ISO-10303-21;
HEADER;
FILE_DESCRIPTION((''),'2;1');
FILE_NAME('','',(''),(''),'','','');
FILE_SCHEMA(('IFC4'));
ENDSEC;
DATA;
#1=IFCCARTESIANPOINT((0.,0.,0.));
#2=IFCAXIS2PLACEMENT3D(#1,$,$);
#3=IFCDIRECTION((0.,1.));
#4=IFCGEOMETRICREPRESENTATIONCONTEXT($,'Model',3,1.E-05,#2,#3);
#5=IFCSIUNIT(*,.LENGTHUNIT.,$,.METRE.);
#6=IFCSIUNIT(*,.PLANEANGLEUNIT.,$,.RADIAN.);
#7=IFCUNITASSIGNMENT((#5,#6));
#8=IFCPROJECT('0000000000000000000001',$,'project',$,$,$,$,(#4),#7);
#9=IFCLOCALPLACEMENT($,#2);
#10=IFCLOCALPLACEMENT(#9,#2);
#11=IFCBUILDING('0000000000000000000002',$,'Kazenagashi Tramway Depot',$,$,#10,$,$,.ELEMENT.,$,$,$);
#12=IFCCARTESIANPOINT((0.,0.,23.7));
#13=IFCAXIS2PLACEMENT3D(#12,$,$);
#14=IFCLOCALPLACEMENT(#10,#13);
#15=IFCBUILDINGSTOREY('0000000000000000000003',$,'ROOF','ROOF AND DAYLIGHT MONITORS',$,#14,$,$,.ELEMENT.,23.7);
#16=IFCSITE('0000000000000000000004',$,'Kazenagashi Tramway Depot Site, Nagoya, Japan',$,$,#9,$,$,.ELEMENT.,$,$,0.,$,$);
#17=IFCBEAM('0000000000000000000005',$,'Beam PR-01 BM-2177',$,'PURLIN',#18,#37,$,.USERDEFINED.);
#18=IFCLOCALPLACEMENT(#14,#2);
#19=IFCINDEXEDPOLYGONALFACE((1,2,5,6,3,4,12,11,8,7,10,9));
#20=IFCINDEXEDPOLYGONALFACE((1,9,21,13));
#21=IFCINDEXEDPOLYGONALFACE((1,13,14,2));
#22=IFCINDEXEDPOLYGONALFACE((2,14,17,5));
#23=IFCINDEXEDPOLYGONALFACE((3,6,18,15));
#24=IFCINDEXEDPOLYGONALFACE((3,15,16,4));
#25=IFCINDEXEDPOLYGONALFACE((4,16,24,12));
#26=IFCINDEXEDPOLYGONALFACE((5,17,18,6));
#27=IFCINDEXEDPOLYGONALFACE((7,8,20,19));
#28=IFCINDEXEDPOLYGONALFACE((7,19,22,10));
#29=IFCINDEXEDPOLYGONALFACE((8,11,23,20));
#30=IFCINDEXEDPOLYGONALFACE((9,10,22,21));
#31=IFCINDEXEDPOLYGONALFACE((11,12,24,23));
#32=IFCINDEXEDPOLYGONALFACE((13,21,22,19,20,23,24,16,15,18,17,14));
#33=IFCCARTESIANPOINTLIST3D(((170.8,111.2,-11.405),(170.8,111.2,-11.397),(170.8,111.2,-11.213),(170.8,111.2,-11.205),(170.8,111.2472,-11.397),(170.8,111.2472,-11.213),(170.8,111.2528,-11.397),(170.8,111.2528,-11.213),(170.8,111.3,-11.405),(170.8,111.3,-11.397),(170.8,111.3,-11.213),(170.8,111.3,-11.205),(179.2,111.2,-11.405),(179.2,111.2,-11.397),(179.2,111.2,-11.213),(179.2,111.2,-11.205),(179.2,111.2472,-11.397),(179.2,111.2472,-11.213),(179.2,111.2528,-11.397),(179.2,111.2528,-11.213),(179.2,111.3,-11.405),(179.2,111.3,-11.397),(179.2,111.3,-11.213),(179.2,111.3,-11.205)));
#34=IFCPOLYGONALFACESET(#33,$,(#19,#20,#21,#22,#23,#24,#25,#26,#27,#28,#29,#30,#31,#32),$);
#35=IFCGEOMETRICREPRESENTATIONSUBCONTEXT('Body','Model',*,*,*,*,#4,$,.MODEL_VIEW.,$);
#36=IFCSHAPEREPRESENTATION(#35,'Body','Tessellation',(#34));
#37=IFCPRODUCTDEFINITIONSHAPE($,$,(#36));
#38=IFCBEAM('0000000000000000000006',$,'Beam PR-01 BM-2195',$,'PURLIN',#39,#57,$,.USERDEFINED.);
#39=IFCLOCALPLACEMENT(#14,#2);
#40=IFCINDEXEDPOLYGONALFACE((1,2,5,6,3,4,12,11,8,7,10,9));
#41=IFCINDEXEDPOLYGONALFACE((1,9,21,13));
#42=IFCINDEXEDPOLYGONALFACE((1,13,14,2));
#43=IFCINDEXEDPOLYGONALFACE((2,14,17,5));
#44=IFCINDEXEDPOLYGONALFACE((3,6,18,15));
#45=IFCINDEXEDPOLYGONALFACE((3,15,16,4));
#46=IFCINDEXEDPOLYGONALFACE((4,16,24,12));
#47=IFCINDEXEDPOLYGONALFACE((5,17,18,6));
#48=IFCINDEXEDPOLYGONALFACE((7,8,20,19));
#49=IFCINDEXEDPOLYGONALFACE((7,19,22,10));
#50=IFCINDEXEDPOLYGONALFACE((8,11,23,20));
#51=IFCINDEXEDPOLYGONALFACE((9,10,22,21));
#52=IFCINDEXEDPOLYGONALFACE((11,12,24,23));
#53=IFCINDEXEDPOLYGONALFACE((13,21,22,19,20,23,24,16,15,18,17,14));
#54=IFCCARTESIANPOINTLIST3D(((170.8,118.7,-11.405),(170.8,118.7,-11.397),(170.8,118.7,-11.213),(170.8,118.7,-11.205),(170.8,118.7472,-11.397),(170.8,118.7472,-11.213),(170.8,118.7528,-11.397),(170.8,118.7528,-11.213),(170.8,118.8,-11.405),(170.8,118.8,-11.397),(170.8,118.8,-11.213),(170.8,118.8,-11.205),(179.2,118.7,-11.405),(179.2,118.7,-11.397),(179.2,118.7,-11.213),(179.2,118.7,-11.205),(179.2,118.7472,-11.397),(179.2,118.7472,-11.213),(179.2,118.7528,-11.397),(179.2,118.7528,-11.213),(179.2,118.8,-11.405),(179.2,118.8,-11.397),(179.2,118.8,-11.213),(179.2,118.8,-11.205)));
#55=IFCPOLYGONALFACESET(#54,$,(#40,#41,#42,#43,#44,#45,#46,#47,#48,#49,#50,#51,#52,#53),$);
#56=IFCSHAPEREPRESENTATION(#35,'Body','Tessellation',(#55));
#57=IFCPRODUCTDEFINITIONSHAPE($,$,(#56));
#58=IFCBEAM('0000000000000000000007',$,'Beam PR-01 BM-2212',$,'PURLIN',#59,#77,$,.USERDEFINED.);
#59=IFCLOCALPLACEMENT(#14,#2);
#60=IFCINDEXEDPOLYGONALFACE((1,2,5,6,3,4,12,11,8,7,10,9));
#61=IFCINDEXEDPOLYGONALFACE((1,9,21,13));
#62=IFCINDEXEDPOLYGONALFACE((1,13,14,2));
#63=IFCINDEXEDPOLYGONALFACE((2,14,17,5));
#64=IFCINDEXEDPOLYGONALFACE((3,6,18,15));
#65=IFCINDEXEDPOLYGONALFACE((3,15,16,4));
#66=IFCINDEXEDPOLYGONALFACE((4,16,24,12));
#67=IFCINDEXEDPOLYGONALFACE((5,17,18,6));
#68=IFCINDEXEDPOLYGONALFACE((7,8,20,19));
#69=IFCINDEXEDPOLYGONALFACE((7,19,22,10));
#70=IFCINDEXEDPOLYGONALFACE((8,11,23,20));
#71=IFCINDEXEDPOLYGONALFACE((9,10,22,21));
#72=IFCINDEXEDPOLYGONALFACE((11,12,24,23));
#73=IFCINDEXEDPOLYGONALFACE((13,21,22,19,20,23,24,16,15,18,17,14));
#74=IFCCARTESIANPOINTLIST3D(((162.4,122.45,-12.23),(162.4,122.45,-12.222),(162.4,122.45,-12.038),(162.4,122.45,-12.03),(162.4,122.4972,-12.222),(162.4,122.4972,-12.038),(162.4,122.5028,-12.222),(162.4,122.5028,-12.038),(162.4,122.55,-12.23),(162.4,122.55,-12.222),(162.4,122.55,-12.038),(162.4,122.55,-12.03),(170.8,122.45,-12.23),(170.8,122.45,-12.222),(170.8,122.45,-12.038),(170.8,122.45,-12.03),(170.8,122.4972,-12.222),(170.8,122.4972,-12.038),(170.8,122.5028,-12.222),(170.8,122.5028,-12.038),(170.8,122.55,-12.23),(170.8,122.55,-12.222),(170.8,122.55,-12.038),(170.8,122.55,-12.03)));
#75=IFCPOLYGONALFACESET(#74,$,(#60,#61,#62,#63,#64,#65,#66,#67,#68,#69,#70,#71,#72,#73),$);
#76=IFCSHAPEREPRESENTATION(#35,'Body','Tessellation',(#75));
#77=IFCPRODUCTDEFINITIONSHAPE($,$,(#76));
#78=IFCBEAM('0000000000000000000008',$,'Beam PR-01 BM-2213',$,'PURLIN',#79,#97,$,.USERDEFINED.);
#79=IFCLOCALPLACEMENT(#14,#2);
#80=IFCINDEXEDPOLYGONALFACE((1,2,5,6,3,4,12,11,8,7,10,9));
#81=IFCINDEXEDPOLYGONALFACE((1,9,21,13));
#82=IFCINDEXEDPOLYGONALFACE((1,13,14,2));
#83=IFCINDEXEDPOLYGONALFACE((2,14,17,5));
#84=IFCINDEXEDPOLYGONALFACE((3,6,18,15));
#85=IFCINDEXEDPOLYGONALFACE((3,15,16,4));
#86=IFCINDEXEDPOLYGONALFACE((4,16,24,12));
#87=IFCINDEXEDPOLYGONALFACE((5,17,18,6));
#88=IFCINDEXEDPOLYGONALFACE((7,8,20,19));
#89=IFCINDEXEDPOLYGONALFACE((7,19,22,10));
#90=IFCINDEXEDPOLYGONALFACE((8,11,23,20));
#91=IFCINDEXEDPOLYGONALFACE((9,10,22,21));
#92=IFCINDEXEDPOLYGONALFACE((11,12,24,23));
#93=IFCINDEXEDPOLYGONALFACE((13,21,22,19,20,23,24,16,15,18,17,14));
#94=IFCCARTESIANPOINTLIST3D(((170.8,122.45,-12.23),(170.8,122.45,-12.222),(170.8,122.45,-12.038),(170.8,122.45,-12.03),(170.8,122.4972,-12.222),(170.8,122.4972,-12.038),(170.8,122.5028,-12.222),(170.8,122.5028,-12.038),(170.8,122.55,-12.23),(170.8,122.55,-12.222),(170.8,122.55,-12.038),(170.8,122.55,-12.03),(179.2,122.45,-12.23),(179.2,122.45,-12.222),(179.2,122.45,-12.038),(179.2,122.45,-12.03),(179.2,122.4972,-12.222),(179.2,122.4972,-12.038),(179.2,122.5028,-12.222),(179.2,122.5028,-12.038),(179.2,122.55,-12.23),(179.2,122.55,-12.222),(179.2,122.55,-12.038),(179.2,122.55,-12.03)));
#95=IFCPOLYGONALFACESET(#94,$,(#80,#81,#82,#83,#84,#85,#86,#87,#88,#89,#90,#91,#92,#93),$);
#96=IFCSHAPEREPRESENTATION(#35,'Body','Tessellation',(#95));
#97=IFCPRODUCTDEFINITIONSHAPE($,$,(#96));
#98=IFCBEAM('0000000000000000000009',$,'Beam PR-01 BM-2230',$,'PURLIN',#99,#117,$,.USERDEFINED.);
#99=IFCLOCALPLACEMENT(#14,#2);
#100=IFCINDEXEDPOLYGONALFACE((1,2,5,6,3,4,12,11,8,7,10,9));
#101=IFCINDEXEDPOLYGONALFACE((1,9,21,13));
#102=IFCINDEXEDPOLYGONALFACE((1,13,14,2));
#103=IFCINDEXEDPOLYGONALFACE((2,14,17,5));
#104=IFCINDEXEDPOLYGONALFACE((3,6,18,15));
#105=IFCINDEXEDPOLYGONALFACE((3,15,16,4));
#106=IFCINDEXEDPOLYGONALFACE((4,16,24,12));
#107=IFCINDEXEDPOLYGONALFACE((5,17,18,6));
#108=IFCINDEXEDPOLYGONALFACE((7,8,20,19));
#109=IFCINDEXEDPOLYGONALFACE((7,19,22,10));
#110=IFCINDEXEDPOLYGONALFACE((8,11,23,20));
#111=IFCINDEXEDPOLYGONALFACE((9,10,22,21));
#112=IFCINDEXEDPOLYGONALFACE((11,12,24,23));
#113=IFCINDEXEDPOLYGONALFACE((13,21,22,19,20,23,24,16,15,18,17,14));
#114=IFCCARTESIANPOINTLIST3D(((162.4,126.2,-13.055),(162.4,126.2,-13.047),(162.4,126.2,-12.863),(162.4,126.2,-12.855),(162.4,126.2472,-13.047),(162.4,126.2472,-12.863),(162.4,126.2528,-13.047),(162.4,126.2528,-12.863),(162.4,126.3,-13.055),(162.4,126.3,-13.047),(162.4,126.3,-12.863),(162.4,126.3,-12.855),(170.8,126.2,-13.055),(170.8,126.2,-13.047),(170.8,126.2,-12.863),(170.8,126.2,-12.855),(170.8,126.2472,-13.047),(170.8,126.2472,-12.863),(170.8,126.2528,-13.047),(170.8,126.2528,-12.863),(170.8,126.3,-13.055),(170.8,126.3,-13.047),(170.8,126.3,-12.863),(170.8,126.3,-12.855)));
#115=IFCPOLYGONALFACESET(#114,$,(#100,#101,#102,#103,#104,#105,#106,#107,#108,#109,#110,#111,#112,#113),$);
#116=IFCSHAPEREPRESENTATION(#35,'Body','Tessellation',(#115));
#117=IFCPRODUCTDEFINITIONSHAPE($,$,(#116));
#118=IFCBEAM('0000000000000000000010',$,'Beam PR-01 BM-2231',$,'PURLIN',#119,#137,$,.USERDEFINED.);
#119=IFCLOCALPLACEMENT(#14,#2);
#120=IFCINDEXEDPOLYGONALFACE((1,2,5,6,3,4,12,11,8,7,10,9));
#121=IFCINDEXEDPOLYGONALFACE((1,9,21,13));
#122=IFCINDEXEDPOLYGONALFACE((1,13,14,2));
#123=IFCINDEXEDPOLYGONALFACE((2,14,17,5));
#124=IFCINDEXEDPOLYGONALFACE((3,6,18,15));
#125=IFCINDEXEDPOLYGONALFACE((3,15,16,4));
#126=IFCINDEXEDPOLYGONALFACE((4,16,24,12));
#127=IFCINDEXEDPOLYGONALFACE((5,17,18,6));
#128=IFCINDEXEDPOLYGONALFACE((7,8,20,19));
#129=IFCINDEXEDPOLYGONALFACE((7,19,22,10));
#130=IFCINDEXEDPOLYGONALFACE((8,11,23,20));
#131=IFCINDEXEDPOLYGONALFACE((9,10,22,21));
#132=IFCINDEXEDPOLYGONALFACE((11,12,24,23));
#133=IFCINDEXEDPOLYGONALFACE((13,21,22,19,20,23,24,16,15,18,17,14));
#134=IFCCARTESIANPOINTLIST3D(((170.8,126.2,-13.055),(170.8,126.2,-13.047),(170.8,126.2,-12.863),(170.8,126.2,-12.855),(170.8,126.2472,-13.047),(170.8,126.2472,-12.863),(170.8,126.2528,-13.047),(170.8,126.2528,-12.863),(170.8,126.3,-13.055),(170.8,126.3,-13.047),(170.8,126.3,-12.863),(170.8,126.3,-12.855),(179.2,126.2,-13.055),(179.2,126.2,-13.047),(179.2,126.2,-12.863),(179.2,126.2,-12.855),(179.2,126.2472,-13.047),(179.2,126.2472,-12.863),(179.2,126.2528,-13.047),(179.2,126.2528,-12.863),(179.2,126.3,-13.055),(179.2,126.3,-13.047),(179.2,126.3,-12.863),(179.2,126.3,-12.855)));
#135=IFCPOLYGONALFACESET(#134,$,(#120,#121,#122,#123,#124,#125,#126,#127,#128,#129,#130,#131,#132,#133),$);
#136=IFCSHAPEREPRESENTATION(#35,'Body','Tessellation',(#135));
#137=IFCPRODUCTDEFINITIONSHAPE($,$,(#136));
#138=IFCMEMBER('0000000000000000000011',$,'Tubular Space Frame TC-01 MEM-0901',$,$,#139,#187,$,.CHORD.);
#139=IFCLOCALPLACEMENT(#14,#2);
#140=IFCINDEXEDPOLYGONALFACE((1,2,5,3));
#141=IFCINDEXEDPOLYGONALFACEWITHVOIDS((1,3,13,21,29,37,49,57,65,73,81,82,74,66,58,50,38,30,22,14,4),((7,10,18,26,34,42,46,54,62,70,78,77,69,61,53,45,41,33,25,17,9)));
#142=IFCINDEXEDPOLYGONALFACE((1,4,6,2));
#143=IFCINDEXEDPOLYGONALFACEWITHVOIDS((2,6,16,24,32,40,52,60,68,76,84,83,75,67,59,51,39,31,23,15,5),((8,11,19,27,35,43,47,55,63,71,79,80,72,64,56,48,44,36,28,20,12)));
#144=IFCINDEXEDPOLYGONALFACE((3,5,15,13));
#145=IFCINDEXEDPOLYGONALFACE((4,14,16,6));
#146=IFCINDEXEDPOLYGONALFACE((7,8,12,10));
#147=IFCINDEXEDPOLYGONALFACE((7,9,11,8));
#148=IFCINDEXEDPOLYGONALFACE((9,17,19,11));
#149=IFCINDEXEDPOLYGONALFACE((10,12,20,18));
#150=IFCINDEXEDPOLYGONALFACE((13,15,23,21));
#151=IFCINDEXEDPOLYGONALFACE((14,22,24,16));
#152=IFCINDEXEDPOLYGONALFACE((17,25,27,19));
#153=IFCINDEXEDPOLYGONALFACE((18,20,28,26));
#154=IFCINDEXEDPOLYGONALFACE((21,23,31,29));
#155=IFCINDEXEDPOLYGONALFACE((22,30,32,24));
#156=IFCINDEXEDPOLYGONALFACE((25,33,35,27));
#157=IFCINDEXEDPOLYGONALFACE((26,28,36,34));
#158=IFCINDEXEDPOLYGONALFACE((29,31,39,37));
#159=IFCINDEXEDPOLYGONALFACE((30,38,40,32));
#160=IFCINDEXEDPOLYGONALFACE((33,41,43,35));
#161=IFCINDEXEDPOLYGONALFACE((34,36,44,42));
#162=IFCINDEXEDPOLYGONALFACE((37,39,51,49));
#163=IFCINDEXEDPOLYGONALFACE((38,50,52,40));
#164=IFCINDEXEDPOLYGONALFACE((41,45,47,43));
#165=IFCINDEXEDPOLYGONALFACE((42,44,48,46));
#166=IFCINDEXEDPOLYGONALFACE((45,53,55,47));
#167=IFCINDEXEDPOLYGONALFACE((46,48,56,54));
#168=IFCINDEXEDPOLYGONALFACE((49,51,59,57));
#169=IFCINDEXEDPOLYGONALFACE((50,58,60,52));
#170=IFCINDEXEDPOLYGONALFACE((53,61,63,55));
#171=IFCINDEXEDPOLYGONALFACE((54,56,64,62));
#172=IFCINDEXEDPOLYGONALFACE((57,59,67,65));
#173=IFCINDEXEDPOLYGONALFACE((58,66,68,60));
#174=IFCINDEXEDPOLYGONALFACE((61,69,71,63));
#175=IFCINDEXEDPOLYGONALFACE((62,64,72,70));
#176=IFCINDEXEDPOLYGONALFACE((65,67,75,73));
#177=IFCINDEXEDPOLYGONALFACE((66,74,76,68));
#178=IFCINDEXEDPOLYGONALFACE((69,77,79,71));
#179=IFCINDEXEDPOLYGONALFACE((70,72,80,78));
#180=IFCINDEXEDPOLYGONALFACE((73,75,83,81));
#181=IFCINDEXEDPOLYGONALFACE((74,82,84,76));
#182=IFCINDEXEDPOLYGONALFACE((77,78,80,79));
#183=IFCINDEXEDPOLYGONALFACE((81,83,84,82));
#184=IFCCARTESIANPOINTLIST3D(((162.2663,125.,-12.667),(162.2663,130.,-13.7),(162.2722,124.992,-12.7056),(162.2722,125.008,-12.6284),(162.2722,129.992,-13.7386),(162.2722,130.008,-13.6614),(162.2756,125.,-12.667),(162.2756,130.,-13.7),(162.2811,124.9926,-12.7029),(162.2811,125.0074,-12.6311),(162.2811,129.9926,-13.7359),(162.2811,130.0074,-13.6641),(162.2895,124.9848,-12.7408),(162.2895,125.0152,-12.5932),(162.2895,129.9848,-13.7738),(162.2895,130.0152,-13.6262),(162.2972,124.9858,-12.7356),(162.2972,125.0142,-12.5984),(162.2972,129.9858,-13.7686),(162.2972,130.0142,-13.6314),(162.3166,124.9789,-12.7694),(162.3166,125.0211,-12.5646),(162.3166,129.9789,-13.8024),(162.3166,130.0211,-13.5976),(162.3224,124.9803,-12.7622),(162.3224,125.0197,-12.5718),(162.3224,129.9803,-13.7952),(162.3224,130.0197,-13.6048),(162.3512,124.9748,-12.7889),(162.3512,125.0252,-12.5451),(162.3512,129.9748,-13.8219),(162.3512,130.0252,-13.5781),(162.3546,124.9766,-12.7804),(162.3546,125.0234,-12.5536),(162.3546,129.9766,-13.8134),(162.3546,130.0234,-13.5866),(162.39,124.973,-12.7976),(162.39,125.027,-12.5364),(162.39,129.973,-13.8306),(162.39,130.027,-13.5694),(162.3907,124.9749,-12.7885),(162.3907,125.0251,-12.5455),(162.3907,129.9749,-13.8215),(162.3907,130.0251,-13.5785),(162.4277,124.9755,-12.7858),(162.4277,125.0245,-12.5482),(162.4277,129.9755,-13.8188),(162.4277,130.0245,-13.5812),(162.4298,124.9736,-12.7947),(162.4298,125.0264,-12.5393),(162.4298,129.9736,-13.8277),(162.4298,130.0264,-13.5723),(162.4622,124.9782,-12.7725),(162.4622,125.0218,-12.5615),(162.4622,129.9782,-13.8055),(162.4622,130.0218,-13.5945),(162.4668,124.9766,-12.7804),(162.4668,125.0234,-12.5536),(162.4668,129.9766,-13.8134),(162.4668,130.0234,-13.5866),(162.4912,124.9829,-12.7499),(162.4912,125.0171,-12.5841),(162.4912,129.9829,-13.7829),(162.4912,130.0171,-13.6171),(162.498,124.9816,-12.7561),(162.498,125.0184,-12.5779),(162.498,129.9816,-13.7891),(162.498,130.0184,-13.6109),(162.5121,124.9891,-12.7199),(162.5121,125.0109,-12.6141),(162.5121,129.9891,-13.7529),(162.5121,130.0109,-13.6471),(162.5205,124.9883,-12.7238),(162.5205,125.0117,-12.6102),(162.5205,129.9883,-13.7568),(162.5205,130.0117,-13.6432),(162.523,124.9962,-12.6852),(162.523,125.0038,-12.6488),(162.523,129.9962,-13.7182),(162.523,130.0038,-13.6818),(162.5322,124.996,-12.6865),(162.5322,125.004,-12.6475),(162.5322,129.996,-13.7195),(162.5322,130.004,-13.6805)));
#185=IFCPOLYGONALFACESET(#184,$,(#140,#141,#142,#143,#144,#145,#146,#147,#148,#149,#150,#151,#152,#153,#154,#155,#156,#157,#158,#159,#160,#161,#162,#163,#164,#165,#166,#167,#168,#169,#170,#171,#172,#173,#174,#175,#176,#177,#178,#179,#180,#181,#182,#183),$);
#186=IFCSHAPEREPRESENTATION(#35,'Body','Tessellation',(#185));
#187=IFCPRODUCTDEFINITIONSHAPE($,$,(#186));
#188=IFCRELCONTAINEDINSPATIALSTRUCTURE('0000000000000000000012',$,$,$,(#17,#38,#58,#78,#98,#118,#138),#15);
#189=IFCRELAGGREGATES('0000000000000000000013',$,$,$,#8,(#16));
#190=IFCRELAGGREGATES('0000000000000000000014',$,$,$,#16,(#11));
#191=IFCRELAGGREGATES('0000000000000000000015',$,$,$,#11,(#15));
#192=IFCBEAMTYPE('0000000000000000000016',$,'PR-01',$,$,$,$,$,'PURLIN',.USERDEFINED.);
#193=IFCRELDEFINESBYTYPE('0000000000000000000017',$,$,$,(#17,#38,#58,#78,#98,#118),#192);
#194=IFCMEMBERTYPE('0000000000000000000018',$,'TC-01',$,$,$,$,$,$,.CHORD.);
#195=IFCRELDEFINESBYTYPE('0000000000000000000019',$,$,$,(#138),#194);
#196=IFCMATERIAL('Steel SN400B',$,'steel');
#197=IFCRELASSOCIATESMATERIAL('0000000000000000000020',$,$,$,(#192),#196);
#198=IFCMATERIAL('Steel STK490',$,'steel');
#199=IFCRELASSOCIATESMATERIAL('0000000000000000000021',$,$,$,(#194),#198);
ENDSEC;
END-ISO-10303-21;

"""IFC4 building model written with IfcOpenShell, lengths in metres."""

from ifc_helpers import new_model, si_unit, direction, frame, origin, origin_2d, place, context, subcontext, project, spatial, hollow_circle, i_section, extrude, material, material_profile, profile_set, type_object, element, save


model = new_model("IFC4")

# Units and contexts
model_context = context("Model", 3, precision=1e-05, world=origin(), true_north=direction((0.0, 1.0)))
body_context = subcontext(model_context, "Body", "Model", "MODEL_VIEW")
ifc_project = project(units=[si_unit("LENGTHUNIT", "METRE"), si_unit("PLANEANGLEUNIT", "RADIAN")], contexts=[model_context])

# Site, building, storey
site_placement = place(None, origin())
site = spatial("IfcSite", under=ifc_project, at=site_placement, Name="Kazenagashi Tramway Depot Site, Nagoya, Japan", CompositionType="ELEMENT", RefElevation=0.0)
building_placement = place(site_placement, origin())
building = spatial("IfcBuilding", under=site, at=building_placement, Name="Kazenagashi Tramway Depot", CompositionType="ELEMENT")
storey_placement = place(building_placement, frame((0.0, 0.0, 23.7)))
storey = spatial("IfcBuildingStorey", under=building, at=storey_placement, Name="ROOF", Description="ROOF AND DAYLIGHT MONITORS", CompositionType="ELEMENT", Elevation=23.7)

# Beams
ifc_material_1 = material(Name="Steel SN400B", Category="steel")
ifc_material_profile_1 = material_profile(ifc_material_1, i_section(OverallWidth=0.1, OverallDepth=0.2, WebThickness=0.0055, FlangeThickness=0.008, at=origin_2d()), Name="H-200x100x5.5x8")
ifc_profile_set_1 = profile_set([ifc_material_profile_1], Name="Steel SN400B")
beam_type = type_object("IfcBeamType", Name="PR-01", ElementType="PURLIN", PredefinedType="USERDEFINED", material=ifc_profile_set_1)
for number, where, z_axis, x_axis, name in (
    (1, (170.8, 111.25, -11.305), (1.0, 0.0, 0.0), (0.0, 1.0, 0.0), "Beam PR-01 BM-2177"),
    (2, (170.8, 118.75, -11.305), (1.0, 0.0, 0.0), (0.0, 1.0, 0.0), "Beam PR-01 BM-2195"),
    (3, (162.4, 122.5, -12.13), (1.0, 0.0, 0.0), (0.0, 1.0, 0.0), "Beam PR-01 BM-2212"),
    (4, (170.8, 122.5, -12.13), (1.0, 0.0, 0.0), (0.0, 1.0, 0.0), "Beam PR-01 BM-2213"),
    (5, (162.4, 126.25, -12.955), (1.0, 0.0, 0.0), (0.0, 1.0, 0.0), "Beam PR-01 BM-2230"),
    (6, (170.8, 126.25, -12.955), (1.0, 0.0, 0.0), (0.0, 1.0, 0.0), "Beam PR-01 BM-2231"),
):
    element("IfcBeam", number, at=place(storey_placement, frame(where, z_axis=z_axis, x_axis=x_axis)), inside=storey, type_object=beam_type, Name=name, ObjectType="PURLIN", PredefinedType="USERDEFINED", context=body_context, shape_type="SweptSolid", body=[
        extrude(i_section(OverallWidth=0.1, OverallDepth=0.2, WebThickness=0.0055, FlangeThickness=0.008, at=origin_2d()), origin(), (0.0, 0.0, 1.0), 8.4),
    ])

# Member
ifc_material_2 = material(Name="Steel STK490", Category="steel")
ifc_material_profile_2 = material_profile(ifc_material_2, hollow_circle(Radius=0.1337, WallThickness=0.0093, at=origin_2d()), Name="CHS-267.4x9.3")
ifc_profile_set_2 = profile_set([ifc_material_profile_2], Name="Steel STK490")
member_type_1 = type_object("IfcMemberType", Name="TC-01", PredefinedType="CHORD", material=ifc_profile_set_2)
for number, where, z_axis, x_axis, name in (
    (7, (162.4, 125.0, -12.667), (0.0, 0.979318, -0.202327), (-1.0, 0.0, 0.0), "Tubular Space Frame TC-01 MEM-0901"),
):
    element("IfcMember", number, at=place(storey_placement, frame(where, z_axis=z_axis, x_axis=x_axis)), inside=storey, type_object=member_type_1, Name=name, PredefinedType="CHORD", context=body_context, shape_type="SweptSolid", body=[
        extrude(hollow_circle(Radius=0.1337, WallThickness=0.0093, at=origin_2d()), origin(), (0.0, 0.0, 1.0), 5.1056),
    ])

save(model, "model.ifc")
